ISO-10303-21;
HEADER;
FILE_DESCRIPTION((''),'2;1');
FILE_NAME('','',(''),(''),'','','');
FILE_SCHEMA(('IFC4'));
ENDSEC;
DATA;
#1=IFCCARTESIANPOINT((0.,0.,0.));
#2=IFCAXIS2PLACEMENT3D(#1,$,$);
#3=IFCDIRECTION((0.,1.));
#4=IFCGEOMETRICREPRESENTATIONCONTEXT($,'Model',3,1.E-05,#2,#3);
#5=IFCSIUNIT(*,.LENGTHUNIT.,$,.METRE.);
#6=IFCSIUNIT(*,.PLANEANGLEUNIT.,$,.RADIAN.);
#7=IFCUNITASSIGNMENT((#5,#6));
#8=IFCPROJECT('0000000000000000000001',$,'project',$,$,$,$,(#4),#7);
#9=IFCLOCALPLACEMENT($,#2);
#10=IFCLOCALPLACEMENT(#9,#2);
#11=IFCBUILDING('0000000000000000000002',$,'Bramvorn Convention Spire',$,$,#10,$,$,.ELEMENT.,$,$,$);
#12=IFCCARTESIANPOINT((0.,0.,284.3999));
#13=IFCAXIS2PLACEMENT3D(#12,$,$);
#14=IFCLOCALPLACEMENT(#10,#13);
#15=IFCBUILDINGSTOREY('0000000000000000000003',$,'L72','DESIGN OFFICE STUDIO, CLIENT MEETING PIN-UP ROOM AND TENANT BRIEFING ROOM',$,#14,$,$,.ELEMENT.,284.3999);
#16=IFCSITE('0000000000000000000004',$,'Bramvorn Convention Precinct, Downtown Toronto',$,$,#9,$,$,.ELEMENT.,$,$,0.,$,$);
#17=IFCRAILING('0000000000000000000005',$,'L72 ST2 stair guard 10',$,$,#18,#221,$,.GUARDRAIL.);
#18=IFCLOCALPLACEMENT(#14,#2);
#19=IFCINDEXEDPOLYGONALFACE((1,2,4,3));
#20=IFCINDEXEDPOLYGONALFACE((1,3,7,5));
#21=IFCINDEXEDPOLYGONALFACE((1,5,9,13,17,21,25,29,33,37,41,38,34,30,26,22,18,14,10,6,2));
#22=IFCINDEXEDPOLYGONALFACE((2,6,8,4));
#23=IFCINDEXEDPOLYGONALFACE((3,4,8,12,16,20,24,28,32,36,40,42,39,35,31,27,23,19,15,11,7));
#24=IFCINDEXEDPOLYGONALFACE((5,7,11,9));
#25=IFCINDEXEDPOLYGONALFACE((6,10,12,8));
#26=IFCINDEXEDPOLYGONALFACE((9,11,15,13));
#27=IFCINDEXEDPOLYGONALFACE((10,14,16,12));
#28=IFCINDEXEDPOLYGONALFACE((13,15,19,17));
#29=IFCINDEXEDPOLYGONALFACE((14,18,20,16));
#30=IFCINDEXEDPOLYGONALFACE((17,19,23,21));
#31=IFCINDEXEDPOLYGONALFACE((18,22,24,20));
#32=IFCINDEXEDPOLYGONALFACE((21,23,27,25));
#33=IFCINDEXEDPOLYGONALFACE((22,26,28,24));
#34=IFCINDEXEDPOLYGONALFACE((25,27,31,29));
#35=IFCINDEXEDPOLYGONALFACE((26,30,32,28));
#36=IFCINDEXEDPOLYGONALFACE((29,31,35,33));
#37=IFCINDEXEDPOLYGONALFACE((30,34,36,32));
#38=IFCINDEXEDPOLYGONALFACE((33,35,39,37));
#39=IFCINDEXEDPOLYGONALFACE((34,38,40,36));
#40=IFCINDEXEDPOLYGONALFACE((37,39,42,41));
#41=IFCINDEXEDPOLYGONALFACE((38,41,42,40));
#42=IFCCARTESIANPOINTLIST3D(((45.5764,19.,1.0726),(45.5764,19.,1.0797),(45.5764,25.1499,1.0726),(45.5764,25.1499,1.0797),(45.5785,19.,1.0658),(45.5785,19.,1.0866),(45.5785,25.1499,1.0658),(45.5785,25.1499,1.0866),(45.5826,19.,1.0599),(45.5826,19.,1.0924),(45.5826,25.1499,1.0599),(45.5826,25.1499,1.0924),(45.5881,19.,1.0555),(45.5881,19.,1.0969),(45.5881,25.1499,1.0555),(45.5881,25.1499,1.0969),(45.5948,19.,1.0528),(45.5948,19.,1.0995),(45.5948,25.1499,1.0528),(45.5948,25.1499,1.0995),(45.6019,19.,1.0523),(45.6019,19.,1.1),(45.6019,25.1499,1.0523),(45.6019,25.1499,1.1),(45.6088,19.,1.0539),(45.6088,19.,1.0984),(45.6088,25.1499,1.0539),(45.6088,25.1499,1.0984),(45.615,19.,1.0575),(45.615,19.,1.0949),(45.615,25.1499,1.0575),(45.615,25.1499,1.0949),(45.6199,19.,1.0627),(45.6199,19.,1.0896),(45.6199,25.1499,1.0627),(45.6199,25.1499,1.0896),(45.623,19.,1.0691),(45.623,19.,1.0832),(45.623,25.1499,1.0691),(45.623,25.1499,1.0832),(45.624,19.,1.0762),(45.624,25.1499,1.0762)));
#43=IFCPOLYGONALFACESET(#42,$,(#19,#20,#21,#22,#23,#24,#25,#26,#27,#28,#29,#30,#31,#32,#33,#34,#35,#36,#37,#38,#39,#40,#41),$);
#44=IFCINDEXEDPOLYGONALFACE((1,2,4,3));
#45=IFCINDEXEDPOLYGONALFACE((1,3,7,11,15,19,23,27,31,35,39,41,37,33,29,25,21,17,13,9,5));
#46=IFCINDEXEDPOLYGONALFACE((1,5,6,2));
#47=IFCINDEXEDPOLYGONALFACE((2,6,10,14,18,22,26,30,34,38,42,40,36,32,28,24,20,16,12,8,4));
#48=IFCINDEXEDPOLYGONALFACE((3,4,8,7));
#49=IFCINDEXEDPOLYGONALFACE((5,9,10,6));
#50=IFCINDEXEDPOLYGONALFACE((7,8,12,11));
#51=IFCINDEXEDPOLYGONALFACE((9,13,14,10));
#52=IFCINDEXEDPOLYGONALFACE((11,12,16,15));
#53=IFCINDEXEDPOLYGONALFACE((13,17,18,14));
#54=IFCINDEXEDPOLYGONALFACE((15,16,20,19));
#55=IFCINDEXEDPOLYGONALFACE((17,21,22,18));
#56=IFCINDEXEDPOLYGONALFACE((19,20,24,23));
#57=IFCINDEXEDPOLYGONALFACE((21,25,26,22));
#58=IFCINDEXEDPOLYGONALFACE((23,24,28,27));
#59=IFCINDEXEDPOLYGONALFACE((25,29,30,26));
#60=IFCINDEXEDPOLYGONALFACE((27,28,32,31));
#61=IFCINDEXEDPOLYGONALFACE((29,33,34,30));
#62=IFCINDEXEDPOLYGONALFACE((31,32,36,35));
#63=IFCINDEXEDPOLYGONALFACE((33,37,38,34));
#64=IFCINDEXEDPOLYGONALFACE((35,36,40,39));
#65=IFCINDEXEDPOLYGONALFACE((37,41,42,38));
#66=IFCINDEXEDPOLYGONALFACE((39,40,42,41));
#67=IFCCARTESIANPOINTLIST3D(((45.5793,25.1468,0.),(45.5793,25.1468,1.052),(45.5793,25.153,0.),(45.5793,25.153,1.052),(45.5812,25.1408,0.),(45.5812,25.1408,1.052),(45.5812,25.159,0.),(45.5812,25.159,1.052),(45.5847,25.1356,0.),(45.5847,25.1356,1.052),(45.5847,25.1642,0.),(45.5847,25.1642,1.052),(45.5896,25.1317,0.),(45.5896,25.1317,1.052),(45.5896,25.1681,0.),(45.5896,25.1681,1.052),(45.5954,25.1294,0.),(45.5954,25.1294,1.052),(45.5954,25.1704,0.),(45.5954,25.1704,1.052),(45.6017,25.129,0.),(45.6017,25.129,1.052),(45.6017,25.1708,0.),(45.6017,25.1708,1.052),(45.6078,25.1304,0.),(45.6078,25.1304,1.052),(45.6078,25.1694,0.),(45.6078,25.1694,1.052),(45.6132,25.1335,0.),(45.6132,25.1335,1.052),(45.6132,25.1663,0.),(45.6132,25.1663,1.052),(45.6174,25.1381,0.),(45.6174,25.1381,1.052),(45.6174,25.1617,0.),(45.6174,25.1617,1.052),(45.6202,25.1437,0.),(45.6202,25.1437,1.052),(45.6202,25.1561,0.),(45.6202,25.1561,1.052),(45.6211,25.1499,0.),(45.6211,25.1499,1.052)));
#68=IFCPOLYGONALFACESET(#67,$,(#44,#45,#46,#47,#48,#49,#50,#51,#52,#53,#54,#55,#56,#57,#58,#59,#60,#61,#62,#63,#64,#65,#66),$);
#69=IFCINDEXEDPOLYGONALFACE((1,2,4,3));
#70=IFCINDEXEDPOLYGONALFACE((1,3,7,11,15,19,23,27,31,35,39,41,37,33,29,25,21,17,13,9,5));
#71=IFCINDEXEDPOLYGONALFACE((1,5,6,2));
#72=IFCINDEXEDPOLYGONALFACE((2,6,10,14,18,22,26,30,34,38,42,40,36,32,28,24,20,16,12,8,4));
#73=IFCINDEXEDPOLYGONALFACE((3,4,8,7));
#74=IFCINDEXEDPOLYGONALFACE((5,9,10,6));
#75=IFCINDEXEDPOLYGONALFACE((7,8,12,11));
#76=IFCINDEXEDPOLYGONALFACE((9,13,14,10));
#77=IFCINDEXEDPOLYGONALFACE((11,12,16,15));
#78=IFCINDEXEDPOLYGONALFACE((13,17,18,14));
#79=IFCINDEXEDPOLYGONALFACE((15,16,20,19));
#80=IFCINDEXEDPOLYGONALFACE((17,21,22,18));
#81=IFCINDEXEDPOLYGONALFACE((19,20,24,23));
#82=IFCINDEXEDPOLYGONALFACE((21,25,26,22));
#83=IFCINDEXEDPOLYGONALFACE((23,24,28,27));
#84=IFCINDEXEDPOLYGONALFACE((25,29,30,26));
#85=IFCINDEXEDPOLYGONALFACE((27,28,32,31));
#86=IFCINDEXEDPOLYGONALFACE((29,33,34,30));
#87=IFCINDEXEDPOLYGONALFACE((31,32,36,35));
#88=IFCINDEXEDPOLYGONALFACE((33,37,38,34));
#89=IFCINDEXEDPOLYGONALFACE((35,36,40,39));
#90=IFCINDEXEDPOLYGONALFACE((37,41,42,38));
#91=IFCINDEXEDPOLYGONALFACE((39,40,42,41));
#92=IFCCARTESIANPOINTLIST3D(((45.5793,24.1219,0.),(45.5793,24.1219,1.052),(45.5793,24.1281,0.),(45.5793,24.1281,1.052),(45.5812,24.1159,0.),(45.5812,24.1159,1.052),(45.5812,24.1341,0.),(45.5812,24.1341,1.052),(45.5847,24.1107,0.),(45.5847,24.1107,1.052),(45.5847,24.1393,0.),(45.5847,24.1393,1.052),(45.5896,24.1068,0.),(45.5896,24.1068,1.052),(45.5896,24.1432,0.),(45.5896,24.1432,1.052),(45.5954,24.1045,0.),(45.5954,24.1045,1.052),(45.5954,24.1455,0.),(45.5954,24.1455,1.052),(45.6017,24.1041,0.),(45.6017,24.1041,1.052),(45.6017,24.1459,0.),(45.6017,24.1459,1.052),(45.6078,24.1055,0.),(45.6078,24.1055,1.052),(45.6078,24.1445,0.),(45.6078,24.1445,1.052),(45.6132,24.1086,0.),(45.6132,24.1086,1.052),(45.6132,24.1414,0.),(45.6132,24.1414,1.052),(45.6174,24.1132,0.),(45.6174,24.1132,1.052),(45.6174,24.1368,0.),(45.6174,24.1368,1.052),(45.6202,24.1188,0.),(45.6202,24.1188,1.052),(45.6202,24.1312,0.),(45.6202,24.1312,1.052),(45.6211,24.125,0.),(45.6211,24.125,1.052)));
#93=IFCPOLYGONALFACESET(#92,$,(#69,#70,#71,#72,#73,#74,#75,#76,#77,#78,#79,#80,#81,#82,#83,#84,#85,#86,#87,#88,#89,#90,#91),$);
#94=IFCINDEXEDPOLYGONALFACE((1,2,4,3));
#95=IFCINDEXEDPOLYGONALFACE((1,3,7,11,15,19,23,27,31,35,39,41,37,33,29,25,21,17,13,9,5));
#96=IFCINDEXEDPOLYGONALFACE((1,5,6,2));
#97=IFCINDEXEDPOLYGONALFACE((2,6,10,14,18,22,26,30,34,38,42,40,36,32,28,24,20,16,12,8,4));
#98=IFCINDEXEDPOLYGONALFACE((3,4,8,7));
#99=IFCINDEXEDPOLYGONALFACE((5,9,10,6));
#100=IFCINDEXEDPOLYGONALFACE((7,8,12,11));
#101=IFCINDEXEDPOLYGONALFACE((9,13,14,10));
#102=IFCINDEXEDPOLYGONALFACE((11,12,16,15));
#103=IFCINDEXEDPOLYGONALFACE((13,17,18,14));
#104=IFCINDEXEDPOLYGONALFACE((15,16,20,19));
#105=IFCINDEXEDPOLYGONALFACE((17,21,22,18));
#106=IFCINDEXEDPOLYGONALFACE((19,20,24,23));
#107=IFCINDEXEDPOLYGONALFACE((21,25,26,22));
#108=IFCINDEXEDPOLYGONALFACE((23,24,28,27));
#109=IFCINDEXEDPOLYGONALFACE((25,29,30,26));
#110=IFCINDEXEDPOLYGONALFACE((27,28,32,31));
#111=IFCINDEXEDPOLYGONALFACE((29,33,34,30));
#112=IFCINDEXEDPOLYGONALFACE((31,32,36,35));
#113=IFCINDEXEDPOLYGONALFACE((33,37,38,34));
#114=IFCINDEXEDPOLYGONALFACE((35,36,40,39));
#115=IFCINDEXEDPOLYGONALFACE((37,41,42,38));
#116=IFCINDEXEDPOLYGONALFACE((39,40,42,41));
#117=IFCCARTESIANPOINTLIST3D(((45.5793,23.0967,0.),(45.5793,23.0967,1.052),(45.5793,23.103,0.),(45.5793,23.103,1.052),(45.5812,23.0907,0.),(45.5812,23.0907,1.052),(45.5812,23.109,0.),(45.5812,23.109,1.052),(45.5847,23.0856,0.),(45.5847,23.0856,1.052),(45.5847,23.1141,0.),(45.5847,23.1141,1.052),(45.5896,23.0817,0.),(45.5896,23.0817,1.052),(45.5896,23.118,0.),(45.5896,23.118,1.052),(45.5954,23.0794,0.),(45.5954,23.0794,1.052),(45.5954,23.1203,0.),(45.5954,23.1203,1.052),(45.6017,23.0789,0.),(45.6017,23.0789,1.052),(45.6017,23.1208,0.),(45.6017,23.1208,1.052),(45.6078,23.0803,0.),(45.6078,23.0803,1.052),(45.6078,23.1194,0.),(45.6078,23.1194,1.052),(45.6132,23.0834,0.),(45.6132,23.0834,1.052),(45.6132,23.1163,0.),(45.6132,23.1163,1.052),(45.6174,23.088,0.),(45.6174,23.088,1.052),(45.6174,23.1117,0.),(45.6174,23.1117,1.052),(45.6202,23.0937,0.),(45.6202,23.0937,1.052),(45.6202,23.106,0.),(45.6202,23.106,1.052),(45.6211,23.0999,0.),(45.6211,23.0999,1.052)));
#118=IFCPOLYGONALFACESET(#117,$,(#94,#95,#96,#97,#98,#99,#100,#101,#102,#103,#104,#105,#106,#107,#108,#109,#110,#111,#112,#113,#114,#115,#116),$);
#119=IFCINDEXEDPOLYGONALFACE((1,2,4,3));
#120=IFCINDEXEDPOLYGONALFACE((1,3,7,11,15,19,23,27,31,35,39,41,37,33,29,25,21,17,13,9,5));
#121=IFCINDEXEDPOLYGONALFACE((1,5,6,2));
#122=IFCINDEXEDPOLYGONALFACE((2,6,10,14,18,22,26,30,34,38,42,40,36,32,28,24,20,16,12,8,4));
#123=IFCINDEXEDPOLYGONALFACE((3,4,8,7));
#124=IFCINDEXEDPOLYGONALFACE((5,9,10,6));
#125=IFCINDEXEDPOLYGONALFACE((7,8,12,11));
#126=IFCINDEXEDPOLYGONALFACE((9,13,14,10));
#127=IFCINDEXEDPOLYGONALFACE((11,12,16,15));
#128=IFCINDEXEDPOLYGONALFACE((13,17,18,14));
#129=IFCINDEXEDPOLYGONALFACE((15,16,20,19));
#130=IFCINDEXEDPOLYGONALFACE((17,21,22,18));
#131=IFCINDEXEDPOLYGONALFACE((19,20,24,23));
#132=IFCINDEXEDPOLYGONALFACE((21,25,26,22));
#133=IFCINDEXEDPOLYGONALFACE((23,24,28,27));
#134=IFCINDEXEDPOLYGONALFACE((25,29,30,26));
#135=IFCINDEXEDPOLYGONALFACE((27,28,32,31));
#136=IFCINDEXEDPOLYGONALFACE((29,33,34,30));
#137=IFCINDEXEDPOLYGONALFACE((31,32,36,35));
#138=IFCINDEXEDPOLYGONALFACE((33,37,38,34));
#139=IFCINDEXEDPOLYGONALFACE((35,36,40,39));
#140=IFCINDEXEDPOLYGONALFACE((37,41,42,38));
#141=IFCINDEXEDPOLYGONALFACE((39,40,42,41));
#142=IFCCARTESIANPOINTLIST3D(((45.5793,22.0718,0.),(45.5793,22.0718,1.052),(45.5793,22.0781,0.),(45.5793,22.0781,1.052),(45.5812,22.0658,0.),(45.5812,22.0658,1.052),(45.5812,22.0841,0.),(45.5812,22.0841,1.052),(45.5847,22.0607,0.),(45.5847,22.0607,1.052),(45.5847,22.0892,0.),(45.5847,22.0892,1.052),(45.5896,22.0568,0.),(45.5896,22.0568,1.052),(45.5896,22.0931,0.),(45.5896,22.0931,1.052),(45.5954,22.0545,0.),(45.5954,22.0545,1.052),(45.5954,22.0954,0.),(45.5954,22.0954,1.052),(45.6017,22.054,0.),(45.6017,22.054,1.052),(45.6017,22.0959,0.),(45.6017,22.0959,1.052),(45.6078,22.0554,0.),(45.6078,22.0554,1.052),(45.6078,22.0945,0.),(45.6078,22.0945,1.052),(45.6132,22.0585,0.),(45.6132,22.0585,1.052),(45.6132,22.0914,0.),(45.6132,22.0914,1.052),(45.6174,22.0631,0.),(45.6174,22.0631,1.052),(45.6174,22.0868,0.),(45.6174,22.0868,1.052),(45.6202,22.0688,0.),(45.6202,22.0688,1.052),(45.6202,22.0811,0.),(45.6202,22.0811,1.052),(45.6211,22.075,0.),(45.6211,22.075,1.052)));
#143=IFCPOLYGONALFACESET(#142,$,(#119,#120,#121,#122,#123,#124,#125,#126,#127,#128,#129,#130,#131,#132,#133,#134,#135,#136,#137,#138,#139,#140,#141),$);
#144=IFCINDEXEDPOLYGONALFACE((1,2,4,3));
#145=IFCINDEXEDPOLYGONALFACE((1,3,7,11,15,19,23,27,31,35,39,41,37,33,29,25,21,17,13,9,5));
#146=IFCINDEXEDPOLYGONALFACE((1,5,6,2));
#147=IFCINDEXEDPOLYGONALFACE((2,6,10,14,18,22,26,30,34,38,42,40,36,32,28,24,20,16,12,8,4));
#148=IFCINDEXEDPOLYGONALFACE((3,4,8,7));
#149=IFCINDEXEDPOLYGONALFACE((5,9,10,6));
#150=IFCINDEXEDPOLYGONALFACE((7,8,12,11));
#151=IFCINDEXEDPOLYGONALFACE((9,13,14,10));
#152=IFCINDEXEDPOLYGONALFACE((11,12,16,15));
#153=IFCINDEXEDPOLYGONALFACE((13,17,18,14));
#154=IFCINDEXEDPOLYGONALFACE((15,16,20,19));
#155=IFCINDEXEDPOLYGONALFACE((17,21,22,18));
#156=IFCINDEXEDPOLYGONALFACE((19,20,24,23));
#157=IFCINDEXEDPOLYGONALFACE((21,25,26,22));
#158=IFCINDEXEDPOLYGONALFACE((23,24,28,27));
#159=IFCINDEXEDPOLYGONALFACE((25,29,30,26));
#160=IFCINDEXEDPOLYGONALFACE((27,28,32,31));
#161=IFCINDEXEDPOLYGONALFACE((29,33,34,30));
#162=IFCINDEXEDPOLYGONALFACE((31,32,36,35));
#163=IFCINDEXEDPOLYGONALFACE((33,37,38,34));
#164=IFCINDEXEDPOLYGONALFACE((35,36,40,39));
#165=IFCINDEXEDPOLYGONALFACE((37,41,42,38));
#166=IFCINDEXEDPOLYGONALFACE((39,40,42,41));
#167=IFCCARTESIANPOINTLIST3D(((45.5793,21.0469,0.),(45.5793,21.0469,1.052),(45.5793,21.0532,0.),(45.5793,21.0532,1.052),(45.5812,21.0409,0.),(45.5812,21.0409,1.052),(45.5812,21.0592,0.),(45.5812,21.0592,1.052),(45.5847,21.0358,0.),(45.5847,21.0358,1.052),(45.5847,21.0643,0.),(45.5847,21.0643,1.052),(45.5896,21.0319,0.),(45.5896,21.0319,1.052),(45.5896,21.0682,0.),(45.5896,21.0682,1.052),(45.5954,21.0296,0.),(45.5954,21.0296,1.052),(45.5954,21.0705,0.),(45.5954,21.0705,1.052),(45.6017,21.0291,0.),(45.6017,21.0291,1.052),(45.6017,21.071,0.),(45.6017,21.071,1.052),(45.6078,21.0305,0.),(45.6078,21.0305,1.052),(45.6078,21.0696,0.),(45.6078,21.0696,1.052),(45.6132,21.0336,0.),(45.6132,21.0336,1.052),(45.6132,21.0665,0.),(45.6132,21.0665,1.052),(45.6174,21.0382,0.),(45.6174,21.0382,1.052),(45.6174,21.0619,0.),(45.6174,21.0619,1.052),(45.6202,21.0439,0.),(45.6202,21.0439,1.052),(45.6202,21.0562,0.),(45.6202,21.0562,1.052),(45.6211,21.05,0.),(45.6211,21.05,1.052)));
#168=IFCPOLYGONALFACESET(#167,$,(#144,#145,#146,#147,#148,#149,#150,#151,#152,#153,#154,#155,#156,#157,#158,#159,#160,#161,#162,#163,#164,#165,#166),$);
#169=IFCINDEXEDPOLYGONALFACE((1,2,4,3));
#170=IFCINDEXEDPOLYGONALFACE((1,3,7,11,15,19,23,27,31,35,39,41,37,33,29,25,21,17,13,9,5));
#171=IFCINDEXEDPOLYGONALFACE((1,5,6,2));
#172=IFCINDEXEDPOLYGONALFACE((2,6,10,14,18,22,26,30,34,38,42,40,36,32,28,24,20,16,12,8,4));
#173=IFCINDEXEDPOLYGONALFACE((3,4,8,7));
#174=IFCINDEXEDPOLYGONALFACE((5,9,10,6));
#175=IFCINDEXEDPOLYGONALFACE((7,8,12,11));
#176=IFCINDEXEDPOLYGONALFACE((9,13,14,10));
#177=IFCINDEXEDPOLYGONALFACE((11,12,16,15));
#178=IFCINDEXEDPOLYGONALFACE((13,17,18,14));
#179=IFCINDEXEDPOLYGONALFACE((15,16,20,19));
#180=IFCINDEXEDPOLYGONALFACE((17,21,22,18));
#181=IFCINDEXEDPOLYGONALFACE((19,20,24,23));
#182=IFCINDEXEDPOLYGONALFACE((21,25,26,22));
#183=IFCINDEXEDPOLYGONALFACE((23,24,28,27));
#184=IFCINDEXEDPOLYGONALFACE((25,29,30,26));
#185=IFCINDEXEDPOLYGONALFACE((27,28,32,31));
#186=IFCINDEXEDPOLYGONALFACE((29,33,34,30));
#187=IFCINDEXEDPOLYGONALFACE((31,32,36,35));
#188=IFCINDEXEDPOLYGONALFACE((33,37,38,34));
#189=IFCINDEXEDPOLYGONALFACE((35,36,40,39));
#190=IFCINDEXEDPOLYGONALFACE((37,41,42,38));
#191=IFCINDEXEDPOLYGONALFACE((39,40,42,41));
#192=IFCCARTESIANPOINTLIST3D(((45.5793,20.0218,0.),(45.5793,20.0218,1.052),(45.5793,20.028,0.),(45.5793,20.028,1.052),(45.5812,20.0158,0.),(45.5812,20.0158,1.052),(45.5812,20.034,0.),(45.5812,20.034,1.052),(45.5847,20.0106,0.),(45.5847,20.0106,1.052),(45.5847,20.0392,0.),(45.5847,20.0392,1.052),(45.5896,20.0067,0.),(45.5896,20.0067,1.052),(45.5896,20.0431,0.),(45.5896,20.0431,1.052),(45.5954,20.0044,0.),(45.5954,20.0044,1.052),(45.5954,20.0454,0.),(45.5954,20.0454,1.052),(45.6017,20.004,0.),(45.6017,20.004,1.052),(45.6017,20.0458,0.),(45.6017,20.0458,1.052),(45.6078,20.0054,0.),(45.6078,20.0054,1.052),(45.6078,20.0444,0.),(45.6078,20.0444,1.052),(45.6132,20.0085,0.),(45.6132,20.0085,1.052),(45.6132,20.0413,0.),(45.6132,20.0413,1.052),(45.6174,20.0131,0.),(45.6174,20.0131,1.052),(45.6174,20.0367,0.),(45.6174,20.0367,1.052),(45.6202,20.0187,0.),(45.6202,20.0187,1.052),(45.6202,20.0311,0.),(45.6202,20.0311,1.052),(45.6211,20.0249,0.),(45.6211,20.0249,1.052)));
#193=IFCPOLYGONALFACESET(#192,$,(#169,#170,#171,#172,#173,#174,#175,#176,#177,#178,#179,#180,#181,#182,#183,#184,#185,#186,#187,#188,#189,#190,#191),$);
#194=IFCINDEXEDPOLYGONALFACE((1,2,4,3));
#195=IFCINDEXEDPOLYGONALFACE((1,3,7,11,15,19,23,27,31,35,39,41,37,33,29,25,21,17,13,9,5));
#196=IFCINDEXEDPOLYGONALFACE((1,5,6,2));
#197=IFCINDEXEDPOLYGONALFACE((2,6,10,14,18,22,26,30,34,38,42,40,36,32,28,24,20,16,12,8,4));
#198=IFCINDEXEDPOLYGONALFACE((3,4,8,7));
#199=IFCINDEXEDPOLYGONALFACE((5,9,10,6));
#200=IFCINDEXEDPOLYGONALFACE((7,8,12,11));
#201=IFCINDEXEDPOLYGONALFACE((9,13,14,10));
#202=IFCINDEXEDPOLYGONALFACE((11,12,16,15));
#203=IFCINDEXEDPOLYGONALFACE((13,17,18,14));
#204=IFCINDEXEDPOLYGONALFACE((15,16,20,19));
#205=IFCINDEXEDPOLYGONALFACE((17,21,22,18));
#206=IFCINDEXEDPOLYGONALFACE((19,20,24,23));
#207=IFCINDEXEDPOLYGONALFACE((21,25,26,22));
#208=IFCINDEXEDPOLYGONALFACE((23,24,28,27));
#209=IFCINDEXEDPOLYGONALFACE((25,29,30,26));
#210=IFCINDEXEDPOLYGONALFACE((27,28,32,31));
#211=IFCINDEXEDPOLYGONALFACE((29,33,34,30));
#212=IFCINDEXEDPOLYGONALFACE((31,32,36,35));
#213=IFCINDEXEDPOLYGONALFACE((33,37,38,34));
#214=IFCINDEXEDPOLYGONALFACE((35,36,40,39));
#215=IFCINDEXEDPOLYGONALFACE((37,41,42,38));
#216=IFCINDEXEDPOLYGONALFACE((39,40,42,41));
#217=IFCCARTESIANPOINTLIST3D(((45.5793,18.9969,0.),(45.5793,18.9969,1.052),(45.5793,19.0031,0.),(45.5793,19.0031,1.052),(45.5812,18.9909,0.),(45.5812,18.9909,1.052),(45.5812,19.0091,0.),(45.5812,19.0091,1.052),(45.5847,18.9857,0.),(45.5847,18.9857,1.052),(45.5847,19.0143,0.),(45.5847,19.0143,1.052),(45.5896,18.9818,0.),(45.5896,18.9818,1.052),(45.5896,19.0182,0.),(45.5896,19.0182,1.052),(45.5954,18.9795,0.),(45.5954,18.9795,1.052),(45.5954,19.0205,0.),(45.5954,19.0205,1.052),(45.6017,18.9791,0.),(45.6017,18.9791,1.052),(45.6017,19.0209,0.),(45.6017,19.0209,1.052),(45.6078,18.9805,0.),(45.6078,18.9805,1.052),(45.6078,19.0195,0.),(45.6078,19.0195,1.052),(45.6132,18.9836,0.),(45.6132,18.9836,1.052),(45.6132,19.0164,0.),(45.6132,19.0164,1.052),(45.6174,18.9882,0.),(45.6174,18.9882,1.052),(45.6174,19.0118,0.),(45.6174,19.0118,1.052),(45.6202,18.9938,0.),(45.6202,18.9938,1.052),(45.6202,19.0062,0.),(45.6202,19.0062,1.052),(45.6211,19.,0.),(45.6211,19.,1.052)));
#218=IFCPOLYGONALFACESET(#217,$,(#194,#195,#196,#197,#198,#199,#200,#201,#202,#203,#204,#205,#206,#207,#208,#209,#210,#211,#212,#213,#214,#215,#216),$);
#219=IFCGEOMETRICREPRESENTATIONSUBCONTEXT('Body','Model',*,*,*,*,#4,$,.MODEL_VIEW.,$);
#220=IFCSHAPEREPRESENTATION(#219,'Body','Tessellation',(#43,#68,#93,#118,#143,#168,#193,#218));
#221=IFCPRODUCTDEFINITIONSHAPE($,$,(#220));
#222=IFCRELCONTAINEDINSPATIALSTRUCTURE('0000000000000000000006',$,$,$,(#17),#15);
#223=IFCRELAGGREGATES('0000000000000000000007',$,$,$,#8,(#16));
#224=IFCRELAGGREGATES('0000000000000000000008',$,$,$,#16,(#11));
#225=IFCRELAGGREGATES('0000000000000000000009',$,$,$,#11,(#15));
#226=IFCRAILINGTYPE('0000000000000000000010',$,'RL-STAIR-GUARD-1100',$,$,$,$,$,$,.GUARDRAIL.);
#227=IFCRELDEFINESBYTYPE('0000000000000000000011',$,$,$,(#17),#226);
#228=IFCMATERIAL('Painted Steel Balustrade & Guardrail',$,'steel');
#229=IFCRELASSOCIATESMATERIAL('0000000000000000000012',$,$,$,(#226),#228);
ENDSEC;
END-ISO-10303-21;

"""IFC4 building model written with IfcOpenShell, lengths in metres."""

from ifc_helpers import new_model, si_unit, direction, frame, origin, origin_2d, place, context, subcontext, project, spatial, circle, extrude, material, type_object, element, save


model = new_model("IFC4")

# Units and contexts
model_context = context("Model", 3, precision=1e-05, world=origin(), true_north=direction((0.0, 1.0)))
body_context = subcontext(model_context, "Body", "Model", "MODEL_VIEW")
ifc_project = project(units=[si_unit("LENGTHUNIT", "METRE"), si_unit("PLANEANGLEUNIT", "RADIAN")], contexts=[model_context])

# Site, building, storey
site_placement = place(None, origin())
site = spatial("IfcSite", under=ifc_project, at=site_placement, Name="Bramvorn Convention Precinct, Downtown Toronto", CompositionType="ELEMENT", RefElevation=0.0)
building_placement = place(site_placement, origin())
building = spatial("IfcBuilding", under=site, at=building_placement, Name="Bramvorn Convention Spire", CompositionType="ELEMENT")
storey_placement = place(building_placement, frame((0.0, 0.0, 284.3999)))
storey = spatial("IfcBuildingStorey", under=building, at=storey_placement, Name="L72", Description="DESIGN OFFICE STUDIO, CLIENT MEETING PIN-UP ROOM AND TENANT BRIEFING ROOM", CompositionType="ELEMENT", Elevation=284.3999)

# Railing
ifc_material_1 = material(Name="Painted Steel Balustrade & Guardrail", Category="steel")
railing_type_1 = type_object("IfcRailingType", Name="RL-STAIR-GUARD-1100", PredefinedType="GUARDRAIL", material=ifc_material_1)
railing_1_placement = place(storey_placement, frame((45.6001, 25.1499, 0.0)))
element("IfcRailing", 1, at=railing_1_placement, inside=storey, type_object=railing_type_1, Name="L72 ST2 stair guard 10", PredefinedType="GUARDRAIL", context=body_context, shape_type="SweptSolid", body=[
    extrude(circle(Radius=0.0239, at=origin_2d()), frame((0.0, 0.0, 1.0762), z_axis=(0.0, -1.0, 0.0), x_axis=(1.0, 0.0, 0.0)), (0.0, 0.0, 1.0), 6.1499),
    extrude(circle(Radius=0.021, at=origin_2d()), origin(), (0.0, 0.0, 1.0), 1.052),
    extrude(circle(Radius=0.021, at=origin_2d()), frame((0.0, -1.0249, 0.0)), (0.0, 0.0, 1.0), 1.052),
    extrude(circle(Radius=0.021, at=origin_2d()), frame((0.0, -2.05, 0.0)), (0.0, 0.0, 1.0), 1.052),
    extrude(circle(Radius=0.021, at=origin_2d()), frame((0.0, -3.075, 0.0)), (0.0, 0.0, 1.0), 1.052),
    extrude(circle(Radius=0.021, at=origin_2d()), frame((0.0, -4.0999, 0.0)), (0.0, 0.0, 1.0), 1.052),
    extrude(circle(Radius=0.021, at=origin_2d()), frame((0.0, -5.125, 0.0)), (0.0, 0.0, 1.0), 1.052),
    extrude(circle(Radius=0.021, at=origin_2d()), frame((0.0, -6.1499, 0.0)), (0.0, 0.0, 1.0), 1.052),
])

save(model, "model.ifc")
